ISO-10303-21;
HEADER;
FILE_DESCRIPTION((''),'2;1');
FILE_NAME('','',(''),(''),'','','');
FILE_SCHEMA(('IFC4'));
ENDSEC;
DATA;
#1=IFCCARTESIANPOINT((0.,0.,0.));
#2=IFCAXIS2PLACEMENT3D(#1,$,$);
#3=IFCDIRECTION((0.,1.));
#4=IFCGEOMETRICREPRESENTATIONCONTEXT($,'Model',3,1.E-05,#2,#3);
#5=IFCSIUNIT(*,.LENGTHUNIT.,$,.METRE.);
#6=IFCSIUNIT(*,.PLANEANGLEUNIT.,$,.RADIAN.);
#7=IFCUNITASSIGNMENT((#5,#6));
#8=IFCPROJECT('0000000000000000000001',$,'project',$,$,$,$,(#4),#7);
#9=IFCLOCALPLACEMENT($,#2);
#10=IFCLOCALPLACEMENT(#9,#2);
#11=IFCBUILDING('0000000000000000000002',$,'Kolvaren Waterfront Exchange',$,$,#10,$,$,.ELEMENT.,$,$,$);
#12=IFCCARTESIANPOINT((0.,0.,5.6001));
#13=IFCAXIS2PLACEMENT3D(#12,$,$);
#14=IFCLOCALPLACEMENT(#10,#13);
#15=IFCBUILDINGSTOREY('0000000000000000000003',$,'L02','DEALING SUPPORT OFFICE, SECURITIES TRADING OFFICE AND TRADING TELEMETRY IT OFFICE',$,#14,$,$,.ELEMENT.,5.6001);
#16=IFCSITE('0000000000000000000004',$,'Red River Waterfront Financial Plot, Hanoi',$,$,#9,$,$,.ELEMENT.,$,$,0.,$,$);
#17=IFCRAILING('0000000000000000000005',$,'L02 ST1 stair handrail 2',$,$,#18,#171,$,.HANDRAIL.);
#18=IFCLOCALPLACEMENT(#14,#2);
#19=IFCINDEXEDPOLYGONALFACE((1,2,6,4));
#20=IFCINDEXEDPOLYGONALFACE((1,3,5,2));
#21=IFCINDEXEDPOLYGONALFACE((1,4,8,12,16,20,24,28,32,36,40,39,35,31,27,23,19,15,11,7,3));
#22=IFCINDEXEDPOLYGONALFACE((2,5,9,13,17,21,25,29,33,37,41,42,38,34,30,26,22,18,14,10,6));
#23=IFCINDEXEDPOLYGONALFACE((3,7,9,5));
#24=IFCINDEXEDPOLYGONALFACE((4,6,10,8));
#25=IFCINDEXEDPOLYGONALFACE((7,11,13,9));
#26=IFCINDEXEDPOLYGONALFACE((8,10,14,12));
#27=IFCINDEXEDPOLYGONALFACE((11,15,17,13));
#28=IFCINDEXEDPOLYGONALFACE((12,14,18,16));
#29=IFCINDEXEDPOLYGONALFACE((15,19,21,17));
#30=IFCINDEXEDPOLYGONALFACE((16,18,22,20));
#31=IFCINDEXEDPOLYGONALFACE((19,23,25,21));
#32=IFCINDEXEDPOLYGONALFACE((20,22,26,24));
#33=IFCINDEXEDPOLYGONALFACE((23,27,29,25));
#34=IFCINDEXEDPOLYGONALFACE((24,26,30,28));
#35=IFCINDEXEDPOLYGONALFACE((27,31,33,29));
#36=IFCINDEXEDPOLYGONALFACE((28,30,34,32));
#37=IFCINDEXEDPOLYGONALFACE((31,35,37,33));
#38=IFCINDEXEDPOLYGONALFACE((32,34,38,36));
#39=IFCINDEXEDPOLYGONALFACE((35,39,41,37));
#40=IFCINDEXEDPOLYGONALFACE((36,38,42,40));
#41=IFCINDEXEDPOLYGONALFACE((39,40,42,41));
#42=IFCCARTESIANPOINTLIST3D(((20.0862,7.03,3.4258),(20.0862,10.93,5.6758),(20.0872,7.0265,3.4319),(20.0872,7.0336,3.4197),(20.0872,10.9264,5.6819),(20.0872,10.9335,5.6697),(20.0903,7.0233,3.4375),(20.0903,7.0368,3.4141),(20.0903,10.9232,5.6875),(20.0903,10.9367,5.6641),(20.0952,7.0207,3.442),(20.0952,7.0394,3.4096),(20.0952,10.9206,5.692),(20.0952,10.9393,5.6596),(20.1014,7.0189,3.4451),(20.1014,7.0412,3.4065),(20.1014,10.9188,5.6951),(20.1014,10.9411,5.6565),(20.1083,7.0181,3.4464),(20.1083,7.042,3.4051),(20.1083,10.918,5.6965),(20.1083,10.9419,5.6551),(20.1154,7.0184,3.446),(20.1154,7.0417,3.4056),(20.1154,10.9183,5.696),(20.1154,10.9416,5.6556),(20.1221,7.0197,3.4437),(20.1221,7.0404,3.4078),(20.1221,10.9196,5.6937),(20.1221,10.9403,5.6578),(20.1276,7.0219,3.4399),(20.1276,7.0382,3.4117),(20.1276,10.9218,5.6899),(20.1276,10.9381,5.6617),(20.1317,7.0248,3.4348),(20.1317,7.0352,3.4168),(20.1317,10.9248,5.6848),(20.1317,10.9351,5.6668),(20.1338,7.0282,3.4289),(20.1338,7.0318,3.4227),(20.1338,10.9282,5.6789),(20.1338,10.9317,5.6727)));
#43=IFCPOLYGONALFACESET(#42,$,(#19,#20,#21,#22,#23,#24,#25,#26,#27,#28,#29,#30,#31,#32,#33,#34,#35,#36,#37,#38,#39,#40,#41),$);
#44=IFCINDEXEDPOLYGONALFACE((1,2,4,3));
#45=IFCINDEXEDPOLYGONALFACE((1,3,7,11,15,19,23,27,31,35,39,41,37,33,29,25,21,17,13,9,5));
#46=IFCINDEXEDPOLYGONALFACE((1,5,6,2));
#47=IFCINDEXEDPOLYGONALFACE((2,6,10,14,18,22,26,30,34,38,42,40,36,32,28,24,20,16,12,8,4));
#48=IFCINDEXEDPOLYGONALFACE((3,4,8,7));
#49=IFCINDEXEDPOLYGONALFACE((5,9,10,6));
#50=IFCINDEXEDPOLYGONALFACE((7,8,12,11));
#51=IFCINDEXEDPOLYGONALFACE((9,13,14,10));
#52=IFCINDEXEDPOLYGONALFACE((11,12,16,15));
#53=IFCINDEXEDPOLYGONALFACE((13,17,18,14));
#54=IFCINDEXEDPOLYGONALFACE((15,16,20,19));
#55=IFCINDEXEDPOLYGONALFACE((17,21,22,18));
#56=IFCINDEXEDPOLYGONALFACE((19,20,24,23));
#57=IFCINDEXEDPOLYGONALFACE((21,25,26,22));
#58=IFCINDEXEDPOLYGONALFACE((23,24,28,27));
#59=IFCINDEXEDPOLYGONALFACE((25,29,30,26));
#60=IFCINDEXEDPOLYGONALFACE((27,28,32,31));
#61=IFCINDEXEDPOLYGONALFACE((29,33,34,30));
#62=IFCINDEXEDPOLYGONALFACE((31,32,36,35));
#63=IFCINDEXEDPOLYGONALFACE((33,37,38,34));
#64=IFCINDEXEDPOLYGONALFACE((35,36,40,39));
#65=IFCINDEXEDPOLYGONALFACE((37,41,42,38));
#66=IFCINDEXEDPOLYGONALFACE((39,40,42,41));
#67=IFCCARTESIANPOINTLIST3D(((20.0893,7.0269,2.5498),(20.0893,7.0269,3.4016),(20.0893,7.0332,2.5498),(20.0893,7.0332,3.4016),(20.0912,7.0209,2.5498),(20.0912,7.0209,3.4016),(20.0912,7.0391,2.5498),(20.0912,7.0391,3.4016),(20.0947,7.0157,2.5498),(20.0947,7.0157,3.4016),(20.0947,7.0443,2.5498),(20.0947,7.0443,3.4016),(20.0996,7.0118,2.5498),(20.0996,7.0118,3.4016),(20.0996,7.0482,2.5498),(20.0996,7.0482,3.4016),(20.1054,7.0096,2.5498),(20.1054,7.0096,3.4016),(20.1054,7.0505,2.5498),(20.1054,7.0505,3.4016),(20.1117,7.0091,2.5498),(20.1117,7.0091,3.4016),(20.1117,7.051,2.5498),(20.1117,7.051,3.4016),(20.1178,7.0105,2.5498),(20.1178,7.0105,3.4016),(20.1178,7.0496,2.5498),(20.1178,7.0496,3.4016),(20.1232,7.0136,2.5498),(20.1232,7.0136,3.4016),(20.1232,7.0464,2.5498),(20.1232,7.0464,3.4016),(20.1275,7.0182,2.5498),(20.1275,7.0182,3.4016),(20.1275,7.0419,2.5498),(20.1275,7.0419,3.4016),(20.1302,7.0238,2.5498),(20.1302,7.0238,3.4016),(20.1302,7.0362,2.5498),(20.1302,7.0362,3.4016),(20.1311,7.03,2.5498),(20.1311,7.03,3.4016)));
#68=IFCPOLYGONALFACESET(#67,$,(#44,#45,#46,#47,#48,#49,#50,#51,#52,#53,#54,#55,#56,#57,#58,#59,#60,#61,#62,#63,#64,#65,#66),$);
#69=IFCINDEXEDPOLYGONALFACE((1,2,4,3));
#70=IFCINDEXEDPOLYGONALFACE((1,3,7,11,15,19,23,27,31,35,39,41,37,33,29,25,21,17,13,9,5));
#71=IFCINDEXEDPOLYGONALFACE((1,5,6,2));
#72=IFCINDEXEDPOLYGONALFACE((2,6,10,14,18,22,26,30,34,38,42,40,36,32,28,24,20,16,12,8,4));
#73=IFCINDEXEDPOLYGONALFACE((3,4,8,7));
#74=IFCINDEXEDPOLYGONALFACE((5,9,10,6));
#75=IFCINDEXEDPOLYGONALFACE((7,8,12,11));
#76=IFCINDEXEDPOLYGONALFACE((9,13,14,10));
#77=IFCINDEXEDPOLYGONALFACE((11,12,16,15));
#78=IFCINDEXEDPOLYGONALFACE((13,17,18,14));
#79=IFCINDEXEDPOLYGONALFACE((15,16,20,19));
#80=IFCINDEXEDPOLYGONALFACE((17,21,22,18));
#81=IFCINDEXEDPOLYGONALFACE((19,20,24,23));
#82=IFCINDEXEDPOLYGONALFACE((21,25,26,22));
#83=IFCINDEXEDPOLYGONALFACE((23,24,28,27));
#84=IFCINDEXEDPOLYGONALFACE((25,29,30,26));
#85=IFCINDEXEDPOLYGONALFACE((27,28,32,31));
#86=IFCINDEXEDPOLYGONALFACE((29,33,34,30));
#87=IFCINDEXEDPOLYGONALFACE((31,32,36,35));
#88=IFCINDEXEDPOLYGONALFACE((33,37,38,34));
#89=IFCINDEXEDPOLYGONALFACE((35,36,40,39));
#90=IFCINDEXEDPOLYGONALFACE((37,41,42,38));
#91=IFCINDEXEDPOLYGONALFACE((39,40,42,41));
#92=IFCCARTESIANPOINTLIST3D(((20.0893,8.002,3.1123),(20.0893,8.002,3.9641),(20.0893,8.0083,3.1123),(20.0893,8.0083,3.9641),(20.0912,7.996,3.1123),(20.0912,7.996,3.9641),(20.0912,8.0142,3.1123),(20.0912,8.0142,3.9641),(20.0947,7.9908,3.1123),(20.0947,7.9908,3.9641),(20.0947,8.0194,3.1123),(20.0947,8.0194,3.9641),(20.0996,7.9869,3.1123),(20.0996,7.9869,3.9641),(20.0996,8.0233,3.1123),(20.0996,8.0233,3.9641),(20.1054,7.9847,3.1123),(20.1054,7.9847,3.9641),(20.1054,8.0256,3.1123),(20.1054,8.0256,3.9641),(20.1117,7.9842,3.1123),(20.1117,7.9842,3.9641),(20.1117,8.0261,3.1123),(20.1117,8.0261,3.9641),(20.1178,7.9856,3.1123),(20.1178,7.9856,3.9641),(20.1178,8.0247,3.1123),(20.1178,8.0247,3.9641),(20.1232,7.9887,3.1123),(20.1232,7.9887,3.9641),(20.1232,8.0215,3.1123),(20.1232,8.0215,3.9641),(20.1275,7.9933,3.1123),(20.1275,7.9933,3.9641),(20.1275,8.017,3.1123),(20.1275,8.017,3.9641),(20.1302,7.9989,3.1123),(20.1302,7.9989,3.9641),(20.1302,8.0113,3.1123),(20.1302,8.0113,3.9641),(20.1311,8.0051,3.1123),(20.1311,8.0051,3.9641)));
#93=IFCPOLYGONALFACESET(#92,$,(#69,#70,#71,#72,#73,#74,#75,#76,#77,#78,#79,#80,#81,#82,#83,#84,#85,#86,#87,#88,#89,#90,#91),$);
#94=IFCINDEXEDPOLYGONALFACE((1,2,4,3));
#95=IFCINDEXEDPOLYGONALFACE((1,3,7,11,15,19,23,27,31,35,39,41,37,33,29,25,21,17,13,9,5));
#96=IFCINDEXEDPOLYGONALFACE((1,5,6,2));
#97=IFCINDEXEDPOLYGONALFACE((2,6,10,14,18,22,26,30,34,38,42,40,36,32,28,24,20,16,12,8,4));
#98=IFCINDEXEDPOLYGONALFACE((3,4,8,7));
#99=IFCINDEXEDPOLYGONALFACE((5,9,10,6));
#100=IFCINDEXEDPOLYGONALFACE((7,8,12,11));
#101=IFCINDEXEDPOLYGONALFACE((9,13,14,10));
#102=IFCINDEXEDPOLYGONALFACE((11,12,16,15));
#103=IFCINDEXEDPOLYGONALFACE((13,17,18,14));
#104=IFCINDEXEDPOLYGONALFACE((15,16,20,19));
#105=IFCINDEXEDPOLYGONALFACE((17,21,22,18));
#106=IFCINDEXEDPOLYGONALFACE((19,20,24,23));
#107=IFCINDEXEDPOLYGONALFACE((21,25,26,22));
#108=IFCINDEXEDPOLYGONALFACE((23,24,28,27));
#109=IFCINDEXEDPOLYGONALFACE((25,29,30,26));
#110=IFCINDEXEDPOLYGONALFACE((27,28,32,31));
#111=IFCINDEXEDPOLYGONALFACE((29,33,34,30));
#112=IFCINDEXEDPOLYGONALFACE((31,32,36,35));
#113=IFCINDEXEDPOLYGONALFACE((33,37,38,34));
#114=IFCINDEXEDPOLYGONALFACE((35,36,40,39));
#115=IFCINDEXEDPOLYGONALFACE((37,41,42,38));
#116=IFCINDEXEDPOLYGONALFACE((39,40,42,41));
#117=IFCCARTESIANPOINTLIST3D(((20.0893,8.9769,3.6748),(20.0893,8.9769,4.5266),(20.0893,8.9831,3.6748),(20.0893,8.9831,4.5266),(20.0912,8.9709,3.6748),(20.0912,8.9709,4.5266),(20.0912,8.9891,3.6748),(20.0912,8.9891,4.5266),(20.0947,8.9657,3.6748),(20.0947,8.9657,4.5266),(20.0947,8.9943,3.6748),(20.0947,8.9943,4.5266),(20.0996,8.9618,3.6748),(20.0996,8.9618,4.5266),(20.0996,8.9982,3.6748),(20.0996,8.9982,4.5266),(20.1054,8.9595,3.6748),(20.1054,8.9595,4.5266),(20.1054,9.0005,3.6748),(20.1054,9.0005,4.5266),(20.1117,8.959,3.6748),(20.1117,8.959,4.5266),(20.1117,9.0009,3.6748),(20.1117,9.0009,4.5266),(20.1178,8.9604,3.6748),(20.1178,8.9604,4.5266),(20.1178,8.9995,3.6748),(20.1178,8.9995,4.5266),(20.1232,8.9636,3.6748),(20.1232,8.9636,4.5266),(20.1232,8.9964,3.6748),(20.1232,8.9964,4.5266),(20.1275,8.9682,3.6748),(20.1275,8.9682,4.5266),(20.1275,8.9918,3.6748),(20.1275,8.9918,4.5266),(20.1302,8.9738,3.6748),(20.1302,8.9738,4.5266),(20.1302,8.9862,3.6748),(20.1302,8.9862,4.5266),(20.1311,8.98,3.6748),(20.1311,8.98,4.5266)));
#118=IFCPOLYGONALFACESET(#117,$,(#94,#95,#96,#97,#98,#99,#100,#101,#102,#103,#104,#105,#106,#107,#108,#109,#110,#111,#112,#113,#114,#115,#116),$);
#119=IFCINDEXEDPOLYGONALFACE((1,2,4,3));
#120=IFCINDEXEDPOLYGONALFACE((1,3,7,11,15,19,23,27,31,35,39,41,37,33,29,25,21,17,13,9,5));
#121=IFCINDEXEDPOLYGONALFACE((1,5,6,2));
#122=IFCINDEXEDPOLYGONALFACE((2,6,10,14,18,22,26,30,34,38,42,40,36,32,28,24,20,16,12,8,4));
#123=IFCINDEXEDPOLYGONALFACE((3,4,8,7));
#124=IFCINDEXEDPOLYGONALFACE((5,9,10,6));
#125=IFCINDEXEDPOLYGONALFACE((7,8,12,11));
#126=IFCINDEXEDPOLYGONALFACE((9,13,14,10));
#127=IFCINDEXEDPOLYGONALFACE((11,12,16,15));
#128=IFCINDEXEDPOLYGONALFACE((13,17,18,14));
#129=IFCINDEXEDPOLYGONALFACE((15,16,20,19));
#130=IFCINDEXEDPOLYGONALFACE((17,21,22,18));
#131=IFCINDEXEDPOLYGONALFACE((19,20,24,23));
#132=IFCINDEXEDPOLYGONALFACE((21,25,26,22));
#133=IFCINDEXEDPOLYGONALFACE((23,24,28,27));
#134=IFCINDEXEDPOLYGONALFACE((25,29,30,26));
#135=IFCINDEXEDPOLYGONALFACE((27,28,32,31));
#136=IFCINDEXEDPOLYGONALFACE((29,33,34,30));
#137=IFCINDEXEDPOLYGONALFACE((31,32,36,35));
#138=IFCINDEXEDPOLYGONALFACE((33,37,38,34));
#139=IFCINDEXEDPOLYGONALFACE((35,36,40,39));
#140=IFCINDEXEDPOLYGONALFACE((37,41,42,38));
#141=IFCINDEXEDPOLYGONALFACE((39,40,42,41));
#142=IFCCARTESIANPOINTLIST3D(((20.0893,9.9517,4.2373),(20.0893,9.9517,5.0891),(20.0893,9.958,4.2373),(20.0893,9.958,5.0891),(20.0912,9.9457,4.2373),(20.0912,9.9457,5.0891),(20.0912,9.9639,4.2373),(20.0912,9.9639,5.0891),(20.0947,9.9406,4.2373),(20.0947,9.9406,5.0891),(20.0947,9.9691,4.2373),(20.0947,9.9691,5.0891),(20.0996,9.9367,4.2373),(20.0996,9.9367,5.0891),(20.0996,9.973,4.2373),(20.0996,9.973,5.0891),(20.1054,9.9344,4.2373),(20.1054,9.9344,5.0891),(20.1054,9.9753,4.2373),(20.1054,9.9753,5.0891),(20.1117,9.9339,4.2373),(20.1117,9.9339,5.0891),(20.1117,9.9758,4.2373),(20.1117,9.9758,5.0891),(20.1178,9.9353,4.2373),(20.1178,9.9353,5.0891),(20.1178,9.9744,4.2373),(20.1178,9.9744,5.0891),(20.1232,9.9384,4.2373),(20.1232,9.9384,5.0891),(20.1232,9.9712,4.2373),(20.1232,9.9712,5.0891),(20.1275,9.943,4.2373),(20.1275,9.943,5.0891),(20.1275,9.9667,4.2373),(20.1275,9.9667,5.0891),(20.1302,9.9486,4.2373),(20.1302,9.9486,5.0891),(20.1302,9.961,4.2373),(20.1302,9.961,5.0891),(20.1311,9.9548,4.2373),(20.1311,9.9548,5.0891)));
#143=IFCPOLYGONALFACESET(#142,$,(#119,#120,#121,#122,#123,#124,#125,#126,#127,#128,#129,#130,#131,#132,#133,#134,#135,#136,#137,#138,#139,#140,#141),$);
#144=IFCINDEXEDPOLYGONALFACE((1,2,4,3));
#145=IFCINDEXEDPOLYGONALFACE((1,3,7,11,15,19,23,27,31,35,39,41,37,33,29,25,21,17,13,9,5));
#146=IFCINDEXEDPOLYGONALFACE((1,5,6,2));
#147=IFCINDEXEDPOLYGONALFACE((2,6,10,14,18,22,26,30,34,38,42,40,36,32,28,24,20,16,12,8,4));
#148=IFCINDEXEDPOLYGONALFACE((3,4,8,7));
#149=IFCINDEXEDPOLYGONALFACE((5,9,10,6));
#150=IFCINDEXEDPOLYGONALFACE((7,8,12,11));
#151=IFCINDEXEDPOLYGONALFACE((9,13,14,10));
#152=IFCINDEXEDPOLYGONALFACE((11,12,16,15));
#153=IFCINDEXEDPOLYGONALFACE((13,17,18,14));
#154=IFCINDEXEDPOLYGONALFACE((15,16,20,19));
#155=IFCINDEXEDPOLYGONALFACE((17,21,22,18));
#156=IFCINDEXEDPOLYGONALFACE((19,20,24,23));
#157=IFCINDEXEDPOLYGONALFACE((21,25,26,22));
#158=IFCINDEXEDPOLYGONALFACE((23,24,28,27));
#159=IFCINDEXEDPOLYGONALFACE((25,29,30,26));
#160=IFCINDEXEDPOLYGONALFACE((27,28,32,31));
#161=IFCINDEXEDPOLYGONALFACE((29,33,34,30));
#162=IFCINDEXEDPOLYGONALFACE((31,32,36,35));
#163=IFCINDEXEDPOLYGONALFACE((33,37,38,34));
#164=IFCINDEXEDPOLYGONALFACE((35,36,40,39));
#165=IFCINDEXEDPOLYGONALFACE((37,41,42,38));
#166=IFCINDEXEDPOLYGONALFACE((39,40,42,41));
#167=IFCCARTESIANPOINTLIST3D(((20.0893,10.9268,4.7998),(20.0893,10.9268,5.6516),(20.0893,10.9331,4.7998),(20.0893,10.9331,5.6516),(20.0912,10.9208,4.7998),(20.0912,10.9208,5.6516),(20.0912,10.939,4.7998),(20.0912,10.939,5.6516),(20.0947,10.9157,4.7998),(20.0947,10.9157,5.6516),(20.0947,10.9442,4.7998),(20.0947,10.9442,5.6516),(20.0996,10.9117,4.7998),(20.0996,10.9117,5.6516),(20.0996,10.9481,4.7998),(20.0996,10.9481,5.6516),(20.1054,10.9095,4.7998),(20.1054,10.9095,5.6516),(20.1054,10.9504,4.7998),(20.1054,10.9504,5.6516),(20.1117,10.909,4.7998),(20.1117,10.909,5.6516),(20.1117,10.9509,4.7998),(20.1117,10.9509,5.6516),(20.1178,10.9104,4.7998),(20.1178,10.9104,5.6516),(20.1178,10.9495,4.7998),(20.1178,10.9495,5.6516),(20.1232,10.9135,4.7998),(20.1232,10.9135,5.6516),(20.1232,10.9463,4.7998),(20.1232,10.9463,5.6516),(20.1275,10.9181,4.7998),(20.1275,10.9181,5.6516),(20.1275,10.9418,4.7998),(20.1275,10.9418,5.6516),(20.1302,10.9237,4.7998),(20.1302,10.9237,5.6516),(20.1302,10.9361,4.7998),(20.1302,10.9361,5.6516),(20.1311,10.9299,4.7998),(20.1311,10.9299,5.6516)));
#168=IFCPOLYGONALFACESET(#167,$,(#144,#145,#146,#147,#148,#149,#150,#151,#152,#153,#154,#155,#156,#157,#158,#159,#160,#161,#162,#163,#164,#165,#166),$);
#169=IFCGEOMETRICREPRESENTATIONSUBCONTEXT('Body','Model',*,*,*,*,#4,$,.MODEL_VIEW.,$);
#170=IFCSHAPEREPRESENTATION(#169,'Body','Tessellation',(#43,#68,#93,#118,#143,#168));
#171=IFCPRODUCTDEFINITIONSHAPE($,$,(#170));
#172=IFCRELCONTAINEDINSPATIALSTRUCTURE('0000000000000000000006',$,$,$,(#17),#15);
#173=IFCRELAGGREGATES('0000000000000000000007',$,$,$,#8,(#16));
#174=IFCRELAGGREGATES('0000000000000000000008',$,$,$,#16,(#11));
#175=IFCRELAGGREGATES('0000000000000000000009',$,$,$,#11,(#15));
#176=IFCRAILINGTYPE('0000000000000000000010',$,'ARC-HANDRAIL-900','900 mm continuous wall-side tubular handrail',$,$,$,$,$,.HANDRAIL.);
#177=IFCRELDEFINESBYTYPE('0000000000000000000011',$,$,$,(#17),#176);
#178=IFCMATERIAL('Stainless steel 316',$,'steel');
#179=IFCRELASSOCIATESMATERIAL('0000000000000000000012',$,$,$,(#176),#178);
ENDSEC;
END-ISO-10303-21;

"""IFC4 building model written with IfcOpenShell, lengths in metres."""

from ifc_helpers import new_model, si_unit, direction, frame, origin, origin_2d, place, context, subcontext, project, spatial, circle, extrude, material, type_object, element, save


model = new_model("IFC4")

# Units and contexts
model_context = context("Model", 3, precision=1e-05, world=origin(), true_north=direction((0.0, 1.0)))
body_context = subcontext(model_context, "Body", "Model", "MODEL_VIEW")
ifc_project = project(units=[si_unit("LENGTHUNIT", "METRE"), si_unit("PLANEANGLEUNIT", "RADIAN")], contexts=[model_context])

# Site, building, storey
site_placement = place(None, origin())
site = spatial("IfcSite", under=ifc_project, at=site_placement, Name="Red River Waterfront Financial Plot, Hanoi", CompositionType="ELEMENT", RefElevation=0.0)
building_placement = place(site_placement, origin())
building = spatial("IfcBuilding", under=site, at=building_placement, Name="Kolvaren Waterfront Exchange", CompositionType="ELEMENT")
storey_placement = place(building_placement, frame((0.0, 0.0, 5.6001)))
storey = spatial("IfcBuildingStorey", under=building, at=storey_placement, Name="L02", Description="DEALING SUPPORT OFFICE, SECURITIES TRADING OFFICE AND TRADING TELEMETRY IT OFFICE", CompositionType="ELEMENT", Elevation=5.6001)

# Railing
ifc_material_1 = material(Name="Stainless steel 316", Category="steel")
railing_type_1 = type_object("IfcRailingType", Name="ARC-HANDRAIL-900", Description="900 mm continuous wall-side tubular handrail", PredefinedType="HANDRAIL", material=ifc_material_1)
railing_1_placement = place(storey_placement, frame((20.1101, 7.03, 2.5498)))
element("IfcRailing", 1, at=railing_1_placement, inside=storey, type_object=railing_type_1, Name="L02 ST1 stair handrail 2", PredefinedType="HANDRAIL", context=body_context, shape_type="SweptSolid", body=[
    extrude(circle(Radius=0.0239, at=origin_2d()), frame((0.0, 0.0, 0.876), z_axis=(0.0, 0.86618, 0.499732), x_axis=(-1.0, 0.0, 0.0)), (0.0, 0.0, 1.0), 4.5024),
    extrude(circle(Radius=0.021, at=origin_2d()), origin(), (0.0, 0.0, 1.0), 0.8518),
    extrude(circle(Radius=0.021, at=origin_2d()), frame((0.0, 0.9751, 0.5625)), (0.0, 0.0, 1.0), 0.8518),
    extrude(circle(Radius=0.021, at=origin_2d()), frame((0.0, 1.95, 1.125)), (0.0, 0.0, 1.0), 0.8518),
    extrude(circle(Radius=0.021, at=origin_2d()), frame((0.0, 2.9248, 1.6875)), (0.0, 0.0, 1.0), 0.8518),
    extrude(circle(Radius=0.021, at=origin_2d()), frame((0.0, 3.8999, 2.25)), (0.0, 0.0, 1.0), 0.8518),
])

save(model, "model.ifc")
